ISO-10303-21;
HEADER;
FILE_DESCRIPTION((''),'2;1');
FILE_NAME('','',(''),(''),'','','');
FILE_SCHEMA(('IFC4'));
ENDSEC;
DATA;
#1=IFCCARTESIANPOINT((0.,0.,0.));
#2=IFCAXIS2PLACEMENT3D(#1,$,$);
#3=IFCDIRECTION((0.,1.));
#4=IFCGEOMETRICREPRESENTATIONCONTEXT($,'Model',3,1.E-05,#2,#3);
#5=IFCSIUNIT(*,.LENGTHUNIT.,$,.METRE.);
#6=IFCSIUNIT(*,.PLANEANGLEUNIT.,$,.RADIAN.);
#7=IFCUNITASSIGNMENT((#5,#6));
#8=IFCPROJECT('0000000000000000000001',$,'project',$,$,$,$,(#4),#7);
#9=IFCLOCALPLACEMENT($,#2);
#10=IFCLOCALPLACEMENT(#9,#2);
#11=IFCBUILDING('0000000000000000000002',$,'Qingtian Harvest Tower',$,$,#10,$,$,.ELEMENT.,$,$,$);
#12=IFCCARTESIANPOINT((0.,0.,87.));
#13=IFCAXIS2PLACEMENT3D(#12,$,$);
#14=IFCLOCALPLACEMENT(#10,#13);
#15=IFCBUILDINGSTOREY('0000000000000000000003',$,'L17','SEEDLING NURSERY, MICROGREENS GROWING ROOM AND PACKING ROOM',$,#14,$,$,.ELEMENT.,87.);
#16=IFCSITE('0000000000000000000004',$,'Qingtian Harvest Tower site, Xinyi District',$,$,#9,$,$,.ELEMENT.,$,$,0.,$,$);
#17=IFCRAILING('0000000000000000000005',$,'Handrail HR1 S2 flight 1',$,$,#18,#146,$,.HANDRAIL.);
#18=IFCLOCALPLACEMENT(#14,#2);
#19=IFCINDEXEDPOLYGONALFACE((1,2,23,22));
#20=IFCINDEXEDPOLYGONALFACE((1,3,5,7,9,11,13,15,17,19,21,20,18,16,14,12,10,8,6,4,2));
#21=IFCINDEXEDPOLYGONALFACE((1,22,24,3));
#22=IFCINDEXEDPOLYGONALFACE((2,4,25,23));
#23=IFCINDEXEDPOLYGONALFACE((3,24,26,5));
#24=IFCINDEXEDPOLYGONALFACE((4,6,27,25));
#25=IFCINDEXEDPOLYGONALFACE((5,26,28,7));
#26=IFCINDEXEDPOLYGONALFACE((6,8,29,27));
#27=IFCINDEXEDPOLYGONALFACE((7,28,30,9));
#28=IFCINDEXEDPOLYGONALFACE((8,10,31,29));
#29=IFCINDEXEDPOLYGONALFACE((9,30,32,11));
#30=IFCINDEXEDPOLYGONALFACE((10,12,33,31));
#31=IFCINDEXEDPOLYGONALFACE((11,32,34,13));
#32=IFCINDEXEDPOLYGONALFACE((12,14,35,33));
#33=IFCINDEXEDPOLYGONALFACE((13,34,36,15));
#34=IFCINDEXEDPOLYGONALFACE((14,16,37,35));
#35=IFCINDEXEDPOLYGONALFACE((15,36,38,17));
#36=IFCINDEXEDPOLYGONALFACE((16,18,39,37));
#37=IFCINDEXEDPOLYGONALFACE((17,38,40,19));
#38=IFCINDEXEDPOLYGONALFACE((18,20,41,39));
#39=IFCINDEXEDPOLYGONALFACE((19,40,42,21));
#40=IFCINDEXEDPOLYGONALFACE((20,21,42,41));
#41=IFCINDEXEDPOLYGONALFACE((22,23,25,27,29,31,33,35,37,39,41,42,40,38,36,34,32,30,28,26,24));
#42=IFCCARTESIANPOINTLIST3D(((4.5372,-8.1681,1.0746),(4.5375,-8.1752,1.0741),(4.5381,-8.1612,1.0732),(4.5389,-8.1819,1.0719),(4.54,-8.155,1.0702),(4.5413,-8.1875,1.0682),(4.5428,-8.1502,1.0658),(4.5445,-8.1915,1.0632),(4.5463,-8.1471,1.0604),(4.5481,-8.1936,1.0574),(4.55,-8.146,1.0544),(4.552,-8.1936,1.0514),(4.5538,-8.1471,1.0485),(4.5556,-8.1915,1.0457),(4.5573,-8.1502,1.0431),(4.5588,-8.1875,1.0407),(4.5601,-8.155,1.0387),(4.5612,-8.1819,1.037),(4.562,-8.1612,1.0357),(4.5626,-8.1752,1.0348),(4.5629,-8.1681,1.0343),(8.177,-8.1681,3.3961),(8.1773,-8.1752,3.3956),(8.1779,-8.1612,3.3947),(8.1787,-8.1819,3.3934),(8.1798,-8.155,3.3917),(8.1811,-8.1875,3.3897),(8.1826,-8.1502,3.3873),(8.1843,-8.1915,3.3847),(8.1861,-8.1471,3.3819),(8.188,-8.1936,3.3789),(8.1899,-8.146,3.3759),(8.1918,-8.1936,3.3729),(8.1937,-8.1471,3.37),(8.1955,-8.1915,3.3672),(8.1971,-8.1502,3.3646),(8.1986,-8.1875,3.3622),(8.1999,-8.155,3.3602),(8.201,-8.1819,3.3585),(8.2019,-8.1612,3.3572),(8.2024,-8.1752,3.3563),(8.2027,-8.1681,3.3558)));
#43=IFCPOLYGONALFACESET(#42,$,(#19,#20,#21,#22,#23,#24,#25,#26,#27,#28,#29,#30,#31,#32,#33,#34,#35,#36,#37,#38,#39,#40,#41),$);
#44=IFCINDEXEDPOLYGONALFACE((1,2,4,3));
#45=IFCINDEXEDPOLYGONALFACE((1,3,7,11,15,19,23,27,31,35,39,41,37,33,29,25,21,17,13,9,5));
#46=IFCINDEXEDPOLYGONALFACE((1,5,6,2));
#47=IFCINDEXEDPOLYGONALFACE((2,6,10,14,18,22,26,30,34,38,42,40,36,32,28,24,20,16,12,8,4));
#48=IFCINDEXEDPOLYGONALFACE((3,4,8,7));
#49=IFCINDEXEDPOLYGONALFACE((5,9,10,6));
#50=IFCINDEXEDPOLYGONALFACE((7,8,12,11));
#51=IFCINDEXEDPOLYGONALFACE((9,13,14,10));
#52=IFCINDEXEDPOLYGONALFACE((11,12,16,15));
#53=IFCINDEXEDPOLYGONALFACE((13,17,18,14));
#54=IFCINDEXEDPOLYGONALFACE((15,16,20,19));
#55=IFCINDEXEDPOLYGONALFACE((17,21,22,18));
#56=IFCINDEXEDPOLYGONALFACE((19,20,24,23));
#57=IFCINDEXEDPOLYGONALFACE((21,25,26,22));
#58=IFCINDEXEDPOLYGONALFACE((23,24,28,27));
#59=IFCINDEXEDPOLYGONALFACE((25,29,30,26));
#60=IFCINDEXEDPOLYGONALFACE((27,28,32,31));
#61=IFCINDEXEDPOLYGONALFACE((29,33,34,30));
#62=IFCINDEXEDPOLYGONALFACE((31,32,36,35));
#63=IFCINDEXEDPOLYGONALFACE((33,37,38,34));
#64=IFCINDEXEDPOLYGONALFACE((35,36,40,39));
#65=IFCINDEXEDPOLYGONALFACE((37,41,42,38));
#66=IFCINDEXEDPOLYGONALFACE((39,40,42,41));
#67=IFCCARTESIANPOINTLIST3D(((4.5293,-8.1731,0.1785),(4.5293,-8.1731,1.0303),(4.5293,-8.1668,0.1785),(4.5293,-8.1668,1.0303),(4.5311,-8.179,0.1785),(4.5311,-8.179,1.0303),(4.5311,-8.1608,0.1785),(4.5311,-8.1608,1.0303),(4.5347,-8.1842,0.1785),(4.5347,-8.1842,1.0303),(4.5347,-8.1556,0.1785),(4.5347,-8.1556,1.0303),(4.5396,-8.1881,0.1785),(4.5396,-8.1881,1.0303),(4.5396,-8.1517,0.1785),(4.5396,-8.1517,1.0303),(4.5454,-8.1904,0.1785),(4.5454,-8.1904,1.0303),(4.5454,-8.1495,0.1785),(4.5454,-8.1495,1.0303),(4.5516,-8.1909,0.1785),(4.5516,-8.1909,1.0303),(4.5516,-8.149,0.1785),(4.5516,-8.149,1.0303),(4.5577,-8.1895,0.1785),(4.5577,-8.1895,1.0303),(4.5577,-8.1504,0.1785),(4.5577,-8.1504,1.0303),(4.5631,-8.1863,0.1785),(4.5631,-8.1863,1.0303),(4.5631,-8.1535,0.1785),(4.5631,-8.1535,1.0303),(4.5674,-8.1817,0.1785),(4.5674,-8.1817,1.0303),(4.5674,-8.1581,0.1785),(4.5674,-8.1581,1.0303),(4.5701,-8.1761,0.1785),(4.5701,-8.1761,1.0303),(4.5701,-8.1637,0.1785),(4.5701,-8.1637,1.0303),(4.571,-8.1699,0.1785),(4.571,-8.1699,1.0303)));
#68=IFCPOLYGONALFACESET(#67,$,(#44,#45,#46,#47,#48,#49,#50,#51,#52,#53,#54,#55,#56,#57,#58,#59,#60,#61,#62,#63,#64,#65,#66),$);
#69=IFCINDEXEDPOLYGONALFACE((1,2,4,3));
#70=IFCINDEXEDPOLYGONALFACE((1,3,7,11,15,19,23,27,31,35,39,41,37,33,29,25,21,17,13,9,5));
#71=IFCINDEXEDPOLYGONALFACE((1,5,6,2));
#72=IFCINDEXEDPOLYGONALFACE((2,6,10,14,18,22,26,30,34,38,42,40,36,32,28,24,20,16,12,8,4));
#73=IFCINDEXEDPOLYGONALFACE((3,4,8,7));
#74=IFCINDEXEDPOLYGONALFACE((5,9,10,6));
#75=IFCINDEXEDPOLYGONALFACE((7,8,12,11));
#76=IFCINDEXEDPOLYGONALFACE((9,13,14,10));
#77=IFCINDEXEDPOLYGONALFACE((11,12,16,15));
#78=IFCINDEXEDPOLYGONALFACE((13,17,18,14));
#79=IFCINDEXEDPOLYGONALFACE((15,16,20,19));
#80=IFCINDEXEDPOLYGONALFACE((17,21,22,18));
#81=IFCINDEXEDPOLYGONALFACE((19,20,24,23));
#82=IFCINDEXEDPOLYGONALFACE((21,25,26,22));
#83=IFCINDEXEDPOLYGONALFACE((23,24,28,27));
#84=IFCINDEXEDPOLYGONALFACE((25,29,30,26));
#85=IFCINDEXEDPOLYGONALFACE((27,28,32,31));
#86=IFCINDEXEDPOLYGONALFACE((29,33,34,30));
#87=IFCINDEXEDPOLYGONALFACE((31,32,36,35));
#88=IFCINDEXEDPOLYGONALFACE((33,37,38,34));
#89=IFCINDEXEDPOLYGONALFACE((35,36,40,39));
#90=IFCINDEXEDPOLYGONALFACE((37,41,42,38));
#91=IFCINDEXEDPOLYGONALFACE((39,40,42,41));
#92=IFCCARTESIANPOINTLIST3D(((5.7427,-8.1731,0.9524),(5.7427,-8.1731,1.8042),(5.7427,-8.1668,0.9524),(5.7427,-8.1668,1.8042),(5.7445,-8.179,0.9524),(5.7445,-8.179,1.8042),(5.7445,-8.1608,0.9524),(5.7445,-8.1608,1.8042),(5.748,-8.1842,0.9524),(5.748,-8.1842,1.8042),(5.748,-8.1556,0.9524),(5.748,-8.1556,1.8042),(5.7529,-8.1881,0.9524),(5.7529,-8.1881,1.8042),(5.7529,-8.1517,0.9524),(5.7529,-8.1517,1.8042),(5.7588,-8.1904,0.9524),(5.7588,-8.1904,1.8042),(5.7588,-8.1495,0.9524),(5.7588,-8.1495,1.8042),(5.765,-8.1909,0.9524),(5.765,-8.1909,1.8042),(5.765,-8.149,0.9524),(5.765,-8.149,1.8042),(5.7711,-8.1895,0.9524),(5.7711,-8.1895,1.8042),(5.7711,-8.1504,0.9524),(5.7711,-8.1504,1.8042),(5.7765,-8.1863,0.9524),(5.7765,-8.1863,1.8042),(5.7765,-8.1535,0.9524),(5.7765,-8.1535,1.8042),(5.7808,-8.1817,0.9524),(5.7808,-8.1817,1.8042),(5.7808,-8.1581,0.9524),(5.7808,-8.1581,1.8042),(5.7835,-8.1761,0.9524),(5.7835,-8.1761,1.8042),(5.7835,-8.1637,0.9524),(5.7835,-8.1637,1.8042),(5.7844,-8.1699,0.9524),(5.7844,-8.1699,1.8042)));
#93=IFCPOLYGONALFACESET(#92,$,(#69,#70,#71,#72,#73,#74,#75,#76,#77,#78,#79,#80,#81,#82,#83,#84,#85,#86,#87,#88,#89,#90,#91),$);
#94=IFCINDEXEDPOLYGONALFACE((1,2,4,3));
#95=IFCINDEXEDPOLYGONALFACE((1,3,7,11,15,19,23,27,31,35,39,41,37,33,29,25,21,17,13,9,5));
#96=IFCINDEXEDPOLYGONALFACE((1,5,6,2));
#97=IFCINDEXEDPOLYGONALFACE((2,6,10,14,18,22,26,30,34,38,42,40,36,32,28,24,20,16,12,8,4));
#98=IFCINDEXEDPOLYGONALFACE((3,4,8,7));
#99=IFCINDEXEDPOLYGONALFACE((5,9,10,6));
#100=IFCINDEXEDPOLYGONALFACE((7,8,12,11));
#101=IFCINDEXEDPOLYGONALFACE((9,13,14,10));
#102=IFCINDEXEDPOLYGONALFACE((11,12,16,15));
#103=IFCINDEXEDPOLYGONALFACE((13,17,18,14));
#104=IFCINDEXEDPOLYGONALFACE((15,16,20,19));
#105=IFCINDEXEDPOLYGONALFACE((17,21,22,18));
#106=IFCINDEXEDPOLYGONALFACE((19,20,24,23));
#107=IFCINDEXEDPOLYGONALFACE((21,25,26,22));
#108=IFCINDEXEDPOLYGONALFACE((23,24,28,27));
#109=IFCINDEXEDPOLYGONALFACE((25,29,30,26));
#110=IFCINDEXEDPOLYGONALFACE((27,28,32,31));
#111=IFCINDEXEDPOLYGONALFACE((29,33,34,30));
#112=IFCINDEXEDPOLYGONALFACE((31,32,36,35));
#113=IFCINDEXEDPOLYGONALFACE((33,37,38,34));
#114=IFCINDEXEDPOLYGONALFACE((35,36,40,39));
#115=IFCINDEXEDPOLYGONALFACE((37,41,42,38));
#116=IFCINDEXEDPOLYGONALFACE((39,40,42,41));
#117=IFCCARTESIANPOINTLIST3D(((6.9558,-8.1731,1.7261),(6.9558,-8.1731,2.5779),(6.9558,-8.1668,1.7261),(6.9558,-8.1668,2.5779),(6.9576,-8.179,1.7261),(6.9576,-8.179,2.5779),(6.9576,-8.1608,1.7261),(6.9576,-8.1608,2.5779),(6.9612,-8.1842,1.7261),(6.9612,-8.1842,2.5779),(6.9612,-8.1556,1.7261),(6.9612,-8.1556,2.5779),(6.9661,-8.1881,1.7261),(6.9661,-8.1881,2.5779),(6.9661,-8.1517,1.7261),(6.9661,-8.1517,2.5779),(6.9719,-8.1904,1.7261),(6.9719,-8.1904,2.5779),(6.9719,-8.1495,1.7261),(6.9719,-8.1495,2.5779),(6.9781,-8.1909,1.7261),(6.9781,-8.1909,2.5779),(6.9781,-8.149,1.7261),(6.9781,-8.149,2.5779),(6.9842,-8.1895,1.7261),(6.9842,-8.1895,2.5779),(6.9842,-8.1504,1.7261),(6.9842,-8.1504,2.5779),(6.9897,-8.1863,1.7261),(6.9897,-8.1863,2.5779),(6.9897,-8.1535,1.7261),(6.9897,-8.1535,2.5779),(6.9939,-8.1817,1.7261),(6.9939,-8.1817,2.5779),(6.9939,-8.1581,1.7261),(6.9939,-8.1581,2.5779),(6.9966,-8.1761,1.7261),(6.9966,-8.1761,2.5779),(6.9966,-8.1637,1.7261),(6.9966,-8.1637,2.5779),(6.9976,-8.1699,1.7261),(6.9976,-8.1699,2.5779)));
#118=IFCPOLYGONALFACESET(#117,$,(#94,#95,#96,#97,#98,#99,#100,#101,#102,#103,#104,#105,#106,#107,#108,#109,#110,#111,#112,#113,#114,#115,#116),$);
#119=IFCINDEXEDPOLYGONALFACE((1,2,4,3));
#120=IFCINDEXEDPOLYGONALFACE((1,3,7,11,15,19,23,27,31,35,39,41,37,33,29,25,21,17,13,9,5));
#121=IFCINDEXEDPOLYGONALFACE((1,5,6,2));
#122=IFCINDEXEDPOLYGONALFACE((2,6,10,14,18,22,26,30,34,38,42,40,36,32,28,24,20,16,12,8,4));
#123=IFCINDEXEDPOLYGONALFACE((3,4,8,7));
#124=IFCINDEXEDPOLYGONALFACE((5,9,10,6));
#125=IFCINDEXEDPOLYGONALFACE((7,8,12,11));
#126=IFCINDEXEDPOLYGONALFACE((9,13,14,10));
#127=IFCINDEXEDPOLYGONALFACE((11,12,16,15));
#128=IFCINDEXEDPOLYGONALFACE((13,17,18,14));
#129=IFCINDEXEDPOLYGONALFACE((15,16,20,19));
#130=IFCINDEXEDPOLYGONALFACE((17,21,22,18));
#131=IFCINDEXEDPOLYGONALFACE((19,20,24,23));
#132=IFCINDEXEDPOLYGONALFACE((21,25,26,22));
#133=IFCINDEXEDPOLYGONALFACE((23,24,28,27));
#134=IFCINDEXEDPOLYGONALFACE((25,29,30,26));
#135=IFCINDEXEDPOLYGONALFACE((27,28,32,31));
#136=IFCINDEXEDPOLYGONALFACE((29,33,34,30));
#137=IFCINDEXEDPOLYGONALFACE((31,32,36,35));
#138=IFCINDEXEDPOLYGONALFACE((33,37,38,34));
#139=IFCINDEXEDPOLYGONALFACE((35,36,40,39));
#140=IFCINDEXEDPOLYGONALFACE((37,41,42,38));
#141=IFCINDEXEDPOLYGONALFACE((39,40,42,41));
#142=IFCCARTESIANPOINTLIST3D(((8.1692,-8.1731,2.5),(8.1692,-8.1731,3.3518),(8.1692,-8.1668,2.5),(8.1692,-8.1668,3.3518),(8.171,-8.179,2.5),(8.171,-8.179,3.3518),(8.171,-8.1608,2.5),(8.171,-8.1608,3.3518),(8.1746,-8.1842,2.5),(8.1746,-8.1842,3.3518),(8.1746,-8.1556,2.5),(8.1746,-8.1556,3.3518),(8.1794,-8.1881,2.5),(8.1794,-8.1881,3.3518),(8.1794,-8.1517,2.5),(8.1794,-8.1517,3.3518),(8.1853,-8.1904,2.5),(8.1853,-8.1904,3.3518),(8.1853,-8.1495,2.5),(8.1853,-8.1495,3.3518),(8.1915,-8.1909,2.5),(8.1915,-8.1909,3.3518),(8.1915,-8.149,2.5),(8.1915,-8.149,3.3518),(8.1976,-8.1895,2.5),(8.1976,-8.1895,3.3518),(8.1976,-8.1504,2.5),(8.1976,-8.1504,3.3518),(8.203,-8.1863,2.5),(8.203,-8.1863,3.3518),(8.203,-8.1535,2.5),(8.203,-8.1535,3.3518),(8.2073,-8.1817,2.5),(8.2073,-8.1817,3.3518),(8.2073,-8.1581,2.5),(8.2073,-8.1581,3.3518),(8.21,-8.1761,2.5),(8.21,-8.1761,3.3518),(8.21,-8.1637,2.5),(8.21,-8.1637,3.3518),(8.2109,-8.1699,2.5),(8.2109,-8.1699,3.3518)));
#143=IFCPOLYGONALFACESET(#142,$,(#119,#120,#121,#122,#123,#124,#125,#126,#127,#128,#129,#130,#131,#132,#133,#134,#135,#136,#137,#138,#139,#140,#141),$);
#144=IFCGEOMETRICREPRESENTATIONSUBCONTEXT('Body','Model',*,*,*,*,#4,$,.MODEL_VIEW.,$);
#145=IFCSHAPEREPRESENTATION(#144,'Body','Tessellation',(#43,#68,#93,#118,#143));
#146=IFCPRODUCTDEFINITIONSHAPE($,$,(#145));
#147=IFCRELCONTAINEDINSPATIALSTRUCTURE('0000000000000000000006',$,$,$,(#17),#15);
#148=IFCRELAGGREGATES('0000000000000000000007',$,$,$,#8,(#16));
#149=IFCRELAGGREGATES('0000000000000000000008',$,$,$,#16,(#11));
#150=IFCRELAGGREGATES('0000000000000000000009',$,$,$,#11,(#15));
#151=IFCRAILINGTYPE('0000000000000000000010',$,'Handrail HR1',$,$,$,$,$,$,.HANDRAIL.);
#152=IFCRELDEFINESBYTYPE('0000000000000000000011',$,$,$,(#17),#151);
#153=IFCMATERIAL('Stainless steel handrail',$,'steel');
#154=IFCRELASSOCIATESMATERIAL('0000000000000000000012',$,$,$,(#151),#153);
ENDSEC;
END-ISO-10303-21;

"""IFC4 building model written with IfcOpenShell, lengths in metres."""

from ifc_helpers import new_model, si_unit, direction, frame, origin, origin_2d, place, context, subcontext, project, spatial, circle, extrude, material, type_object, element, save


model = new_model("IFC4")

# Units and contexts
model_context = context("Model", 3, precision=1e-05, world=origin(), true_north=direction((0.0, 1.0)))
body_context = subcontext(model_context, "Body", "Model", "MODEL_VIEW")
ifc_project = project(units=[si_unit("LENGTHUNIT", "METRE"), si_unit("PLANEANGLEUNIT", "RADIAN")], contexts=[model_context])

# Site, building, storey
site_placement = place(None, origin())
site = spatial("IfcSite", under=ifc_project, at=site_placement, Name="Qingtian Harvest Tower site, Xinyi District", CompositionType="ELEMENT", RefElevation=0.0)
building_placement = place(site_placement, origin())
building = spatial("IfcBuilding", under=site, at=building_placement, Name="Qingtian Harvest Tower", CompositionType="ELEMENT")
storey_placement = place(building_placement, frame((0.0, 0.0, 87.0)))
storey = spatial("IfcBuildingStorey", under=building, at=storey_placement, Name="L17", Description="SEEDLING NURSERY, MICROGREENS GROWING ROOM AND PACKING ROOM", CompositionType="ELEMENT", Elevation=87.0)

# Railing
ifc_material_1 = material(Name="Stainless steel handrail", Category="steel")
railing_type = type_object("IfcRailingType", Name="Handrail HR1", PredefinedType="HANDRAIL", material=ifc_material_1)
railing_1_placement = place(storey_placement, frame((4.55, -8.1699, 0.1785)))
element("IfcRailing", 1, at=railing_1_placement, inside=storey, type_object=railing_type, Name="Handrail HR1 S2 flight 1", PredefinedType="HANDRAIL", context=body_context, shape_type="SweptSolid", body=[
    extrude(circle(Radius=0.0239, at=origin_2d()), frame((0.0, 0.0, 0.876), z_axis=(0.843112, 0.0, 0.537739), x_axis=(0.0, 1.0, 0.0)), (0.0, 0.0, 1.0), 4.3171),
    extrude(circle(Radius=0.021, at=origin_2d()), origin(), (0.0, 0.0, 1.0), 0.8518),
    extrude(circle(Radius=0.021, at=origin_2d()), frame((1.2134, 0.0, 0.7739)), (0.0, 0.0, 1.0), 0.8518),
    extrude(circle(Radius=0.021, at=origin_2d()), frame((2.4265, 0.0, 1.5476)), (0.0, 0.0, 1.0), 0.8518),
    extrude(circle(Radius=0.021, at=origin_2d()), frame((3.6399, 0.0, 2.3215)), (0.0, 0.0, 1.0), 0.8518),
])

save(model, "model.ifc")
